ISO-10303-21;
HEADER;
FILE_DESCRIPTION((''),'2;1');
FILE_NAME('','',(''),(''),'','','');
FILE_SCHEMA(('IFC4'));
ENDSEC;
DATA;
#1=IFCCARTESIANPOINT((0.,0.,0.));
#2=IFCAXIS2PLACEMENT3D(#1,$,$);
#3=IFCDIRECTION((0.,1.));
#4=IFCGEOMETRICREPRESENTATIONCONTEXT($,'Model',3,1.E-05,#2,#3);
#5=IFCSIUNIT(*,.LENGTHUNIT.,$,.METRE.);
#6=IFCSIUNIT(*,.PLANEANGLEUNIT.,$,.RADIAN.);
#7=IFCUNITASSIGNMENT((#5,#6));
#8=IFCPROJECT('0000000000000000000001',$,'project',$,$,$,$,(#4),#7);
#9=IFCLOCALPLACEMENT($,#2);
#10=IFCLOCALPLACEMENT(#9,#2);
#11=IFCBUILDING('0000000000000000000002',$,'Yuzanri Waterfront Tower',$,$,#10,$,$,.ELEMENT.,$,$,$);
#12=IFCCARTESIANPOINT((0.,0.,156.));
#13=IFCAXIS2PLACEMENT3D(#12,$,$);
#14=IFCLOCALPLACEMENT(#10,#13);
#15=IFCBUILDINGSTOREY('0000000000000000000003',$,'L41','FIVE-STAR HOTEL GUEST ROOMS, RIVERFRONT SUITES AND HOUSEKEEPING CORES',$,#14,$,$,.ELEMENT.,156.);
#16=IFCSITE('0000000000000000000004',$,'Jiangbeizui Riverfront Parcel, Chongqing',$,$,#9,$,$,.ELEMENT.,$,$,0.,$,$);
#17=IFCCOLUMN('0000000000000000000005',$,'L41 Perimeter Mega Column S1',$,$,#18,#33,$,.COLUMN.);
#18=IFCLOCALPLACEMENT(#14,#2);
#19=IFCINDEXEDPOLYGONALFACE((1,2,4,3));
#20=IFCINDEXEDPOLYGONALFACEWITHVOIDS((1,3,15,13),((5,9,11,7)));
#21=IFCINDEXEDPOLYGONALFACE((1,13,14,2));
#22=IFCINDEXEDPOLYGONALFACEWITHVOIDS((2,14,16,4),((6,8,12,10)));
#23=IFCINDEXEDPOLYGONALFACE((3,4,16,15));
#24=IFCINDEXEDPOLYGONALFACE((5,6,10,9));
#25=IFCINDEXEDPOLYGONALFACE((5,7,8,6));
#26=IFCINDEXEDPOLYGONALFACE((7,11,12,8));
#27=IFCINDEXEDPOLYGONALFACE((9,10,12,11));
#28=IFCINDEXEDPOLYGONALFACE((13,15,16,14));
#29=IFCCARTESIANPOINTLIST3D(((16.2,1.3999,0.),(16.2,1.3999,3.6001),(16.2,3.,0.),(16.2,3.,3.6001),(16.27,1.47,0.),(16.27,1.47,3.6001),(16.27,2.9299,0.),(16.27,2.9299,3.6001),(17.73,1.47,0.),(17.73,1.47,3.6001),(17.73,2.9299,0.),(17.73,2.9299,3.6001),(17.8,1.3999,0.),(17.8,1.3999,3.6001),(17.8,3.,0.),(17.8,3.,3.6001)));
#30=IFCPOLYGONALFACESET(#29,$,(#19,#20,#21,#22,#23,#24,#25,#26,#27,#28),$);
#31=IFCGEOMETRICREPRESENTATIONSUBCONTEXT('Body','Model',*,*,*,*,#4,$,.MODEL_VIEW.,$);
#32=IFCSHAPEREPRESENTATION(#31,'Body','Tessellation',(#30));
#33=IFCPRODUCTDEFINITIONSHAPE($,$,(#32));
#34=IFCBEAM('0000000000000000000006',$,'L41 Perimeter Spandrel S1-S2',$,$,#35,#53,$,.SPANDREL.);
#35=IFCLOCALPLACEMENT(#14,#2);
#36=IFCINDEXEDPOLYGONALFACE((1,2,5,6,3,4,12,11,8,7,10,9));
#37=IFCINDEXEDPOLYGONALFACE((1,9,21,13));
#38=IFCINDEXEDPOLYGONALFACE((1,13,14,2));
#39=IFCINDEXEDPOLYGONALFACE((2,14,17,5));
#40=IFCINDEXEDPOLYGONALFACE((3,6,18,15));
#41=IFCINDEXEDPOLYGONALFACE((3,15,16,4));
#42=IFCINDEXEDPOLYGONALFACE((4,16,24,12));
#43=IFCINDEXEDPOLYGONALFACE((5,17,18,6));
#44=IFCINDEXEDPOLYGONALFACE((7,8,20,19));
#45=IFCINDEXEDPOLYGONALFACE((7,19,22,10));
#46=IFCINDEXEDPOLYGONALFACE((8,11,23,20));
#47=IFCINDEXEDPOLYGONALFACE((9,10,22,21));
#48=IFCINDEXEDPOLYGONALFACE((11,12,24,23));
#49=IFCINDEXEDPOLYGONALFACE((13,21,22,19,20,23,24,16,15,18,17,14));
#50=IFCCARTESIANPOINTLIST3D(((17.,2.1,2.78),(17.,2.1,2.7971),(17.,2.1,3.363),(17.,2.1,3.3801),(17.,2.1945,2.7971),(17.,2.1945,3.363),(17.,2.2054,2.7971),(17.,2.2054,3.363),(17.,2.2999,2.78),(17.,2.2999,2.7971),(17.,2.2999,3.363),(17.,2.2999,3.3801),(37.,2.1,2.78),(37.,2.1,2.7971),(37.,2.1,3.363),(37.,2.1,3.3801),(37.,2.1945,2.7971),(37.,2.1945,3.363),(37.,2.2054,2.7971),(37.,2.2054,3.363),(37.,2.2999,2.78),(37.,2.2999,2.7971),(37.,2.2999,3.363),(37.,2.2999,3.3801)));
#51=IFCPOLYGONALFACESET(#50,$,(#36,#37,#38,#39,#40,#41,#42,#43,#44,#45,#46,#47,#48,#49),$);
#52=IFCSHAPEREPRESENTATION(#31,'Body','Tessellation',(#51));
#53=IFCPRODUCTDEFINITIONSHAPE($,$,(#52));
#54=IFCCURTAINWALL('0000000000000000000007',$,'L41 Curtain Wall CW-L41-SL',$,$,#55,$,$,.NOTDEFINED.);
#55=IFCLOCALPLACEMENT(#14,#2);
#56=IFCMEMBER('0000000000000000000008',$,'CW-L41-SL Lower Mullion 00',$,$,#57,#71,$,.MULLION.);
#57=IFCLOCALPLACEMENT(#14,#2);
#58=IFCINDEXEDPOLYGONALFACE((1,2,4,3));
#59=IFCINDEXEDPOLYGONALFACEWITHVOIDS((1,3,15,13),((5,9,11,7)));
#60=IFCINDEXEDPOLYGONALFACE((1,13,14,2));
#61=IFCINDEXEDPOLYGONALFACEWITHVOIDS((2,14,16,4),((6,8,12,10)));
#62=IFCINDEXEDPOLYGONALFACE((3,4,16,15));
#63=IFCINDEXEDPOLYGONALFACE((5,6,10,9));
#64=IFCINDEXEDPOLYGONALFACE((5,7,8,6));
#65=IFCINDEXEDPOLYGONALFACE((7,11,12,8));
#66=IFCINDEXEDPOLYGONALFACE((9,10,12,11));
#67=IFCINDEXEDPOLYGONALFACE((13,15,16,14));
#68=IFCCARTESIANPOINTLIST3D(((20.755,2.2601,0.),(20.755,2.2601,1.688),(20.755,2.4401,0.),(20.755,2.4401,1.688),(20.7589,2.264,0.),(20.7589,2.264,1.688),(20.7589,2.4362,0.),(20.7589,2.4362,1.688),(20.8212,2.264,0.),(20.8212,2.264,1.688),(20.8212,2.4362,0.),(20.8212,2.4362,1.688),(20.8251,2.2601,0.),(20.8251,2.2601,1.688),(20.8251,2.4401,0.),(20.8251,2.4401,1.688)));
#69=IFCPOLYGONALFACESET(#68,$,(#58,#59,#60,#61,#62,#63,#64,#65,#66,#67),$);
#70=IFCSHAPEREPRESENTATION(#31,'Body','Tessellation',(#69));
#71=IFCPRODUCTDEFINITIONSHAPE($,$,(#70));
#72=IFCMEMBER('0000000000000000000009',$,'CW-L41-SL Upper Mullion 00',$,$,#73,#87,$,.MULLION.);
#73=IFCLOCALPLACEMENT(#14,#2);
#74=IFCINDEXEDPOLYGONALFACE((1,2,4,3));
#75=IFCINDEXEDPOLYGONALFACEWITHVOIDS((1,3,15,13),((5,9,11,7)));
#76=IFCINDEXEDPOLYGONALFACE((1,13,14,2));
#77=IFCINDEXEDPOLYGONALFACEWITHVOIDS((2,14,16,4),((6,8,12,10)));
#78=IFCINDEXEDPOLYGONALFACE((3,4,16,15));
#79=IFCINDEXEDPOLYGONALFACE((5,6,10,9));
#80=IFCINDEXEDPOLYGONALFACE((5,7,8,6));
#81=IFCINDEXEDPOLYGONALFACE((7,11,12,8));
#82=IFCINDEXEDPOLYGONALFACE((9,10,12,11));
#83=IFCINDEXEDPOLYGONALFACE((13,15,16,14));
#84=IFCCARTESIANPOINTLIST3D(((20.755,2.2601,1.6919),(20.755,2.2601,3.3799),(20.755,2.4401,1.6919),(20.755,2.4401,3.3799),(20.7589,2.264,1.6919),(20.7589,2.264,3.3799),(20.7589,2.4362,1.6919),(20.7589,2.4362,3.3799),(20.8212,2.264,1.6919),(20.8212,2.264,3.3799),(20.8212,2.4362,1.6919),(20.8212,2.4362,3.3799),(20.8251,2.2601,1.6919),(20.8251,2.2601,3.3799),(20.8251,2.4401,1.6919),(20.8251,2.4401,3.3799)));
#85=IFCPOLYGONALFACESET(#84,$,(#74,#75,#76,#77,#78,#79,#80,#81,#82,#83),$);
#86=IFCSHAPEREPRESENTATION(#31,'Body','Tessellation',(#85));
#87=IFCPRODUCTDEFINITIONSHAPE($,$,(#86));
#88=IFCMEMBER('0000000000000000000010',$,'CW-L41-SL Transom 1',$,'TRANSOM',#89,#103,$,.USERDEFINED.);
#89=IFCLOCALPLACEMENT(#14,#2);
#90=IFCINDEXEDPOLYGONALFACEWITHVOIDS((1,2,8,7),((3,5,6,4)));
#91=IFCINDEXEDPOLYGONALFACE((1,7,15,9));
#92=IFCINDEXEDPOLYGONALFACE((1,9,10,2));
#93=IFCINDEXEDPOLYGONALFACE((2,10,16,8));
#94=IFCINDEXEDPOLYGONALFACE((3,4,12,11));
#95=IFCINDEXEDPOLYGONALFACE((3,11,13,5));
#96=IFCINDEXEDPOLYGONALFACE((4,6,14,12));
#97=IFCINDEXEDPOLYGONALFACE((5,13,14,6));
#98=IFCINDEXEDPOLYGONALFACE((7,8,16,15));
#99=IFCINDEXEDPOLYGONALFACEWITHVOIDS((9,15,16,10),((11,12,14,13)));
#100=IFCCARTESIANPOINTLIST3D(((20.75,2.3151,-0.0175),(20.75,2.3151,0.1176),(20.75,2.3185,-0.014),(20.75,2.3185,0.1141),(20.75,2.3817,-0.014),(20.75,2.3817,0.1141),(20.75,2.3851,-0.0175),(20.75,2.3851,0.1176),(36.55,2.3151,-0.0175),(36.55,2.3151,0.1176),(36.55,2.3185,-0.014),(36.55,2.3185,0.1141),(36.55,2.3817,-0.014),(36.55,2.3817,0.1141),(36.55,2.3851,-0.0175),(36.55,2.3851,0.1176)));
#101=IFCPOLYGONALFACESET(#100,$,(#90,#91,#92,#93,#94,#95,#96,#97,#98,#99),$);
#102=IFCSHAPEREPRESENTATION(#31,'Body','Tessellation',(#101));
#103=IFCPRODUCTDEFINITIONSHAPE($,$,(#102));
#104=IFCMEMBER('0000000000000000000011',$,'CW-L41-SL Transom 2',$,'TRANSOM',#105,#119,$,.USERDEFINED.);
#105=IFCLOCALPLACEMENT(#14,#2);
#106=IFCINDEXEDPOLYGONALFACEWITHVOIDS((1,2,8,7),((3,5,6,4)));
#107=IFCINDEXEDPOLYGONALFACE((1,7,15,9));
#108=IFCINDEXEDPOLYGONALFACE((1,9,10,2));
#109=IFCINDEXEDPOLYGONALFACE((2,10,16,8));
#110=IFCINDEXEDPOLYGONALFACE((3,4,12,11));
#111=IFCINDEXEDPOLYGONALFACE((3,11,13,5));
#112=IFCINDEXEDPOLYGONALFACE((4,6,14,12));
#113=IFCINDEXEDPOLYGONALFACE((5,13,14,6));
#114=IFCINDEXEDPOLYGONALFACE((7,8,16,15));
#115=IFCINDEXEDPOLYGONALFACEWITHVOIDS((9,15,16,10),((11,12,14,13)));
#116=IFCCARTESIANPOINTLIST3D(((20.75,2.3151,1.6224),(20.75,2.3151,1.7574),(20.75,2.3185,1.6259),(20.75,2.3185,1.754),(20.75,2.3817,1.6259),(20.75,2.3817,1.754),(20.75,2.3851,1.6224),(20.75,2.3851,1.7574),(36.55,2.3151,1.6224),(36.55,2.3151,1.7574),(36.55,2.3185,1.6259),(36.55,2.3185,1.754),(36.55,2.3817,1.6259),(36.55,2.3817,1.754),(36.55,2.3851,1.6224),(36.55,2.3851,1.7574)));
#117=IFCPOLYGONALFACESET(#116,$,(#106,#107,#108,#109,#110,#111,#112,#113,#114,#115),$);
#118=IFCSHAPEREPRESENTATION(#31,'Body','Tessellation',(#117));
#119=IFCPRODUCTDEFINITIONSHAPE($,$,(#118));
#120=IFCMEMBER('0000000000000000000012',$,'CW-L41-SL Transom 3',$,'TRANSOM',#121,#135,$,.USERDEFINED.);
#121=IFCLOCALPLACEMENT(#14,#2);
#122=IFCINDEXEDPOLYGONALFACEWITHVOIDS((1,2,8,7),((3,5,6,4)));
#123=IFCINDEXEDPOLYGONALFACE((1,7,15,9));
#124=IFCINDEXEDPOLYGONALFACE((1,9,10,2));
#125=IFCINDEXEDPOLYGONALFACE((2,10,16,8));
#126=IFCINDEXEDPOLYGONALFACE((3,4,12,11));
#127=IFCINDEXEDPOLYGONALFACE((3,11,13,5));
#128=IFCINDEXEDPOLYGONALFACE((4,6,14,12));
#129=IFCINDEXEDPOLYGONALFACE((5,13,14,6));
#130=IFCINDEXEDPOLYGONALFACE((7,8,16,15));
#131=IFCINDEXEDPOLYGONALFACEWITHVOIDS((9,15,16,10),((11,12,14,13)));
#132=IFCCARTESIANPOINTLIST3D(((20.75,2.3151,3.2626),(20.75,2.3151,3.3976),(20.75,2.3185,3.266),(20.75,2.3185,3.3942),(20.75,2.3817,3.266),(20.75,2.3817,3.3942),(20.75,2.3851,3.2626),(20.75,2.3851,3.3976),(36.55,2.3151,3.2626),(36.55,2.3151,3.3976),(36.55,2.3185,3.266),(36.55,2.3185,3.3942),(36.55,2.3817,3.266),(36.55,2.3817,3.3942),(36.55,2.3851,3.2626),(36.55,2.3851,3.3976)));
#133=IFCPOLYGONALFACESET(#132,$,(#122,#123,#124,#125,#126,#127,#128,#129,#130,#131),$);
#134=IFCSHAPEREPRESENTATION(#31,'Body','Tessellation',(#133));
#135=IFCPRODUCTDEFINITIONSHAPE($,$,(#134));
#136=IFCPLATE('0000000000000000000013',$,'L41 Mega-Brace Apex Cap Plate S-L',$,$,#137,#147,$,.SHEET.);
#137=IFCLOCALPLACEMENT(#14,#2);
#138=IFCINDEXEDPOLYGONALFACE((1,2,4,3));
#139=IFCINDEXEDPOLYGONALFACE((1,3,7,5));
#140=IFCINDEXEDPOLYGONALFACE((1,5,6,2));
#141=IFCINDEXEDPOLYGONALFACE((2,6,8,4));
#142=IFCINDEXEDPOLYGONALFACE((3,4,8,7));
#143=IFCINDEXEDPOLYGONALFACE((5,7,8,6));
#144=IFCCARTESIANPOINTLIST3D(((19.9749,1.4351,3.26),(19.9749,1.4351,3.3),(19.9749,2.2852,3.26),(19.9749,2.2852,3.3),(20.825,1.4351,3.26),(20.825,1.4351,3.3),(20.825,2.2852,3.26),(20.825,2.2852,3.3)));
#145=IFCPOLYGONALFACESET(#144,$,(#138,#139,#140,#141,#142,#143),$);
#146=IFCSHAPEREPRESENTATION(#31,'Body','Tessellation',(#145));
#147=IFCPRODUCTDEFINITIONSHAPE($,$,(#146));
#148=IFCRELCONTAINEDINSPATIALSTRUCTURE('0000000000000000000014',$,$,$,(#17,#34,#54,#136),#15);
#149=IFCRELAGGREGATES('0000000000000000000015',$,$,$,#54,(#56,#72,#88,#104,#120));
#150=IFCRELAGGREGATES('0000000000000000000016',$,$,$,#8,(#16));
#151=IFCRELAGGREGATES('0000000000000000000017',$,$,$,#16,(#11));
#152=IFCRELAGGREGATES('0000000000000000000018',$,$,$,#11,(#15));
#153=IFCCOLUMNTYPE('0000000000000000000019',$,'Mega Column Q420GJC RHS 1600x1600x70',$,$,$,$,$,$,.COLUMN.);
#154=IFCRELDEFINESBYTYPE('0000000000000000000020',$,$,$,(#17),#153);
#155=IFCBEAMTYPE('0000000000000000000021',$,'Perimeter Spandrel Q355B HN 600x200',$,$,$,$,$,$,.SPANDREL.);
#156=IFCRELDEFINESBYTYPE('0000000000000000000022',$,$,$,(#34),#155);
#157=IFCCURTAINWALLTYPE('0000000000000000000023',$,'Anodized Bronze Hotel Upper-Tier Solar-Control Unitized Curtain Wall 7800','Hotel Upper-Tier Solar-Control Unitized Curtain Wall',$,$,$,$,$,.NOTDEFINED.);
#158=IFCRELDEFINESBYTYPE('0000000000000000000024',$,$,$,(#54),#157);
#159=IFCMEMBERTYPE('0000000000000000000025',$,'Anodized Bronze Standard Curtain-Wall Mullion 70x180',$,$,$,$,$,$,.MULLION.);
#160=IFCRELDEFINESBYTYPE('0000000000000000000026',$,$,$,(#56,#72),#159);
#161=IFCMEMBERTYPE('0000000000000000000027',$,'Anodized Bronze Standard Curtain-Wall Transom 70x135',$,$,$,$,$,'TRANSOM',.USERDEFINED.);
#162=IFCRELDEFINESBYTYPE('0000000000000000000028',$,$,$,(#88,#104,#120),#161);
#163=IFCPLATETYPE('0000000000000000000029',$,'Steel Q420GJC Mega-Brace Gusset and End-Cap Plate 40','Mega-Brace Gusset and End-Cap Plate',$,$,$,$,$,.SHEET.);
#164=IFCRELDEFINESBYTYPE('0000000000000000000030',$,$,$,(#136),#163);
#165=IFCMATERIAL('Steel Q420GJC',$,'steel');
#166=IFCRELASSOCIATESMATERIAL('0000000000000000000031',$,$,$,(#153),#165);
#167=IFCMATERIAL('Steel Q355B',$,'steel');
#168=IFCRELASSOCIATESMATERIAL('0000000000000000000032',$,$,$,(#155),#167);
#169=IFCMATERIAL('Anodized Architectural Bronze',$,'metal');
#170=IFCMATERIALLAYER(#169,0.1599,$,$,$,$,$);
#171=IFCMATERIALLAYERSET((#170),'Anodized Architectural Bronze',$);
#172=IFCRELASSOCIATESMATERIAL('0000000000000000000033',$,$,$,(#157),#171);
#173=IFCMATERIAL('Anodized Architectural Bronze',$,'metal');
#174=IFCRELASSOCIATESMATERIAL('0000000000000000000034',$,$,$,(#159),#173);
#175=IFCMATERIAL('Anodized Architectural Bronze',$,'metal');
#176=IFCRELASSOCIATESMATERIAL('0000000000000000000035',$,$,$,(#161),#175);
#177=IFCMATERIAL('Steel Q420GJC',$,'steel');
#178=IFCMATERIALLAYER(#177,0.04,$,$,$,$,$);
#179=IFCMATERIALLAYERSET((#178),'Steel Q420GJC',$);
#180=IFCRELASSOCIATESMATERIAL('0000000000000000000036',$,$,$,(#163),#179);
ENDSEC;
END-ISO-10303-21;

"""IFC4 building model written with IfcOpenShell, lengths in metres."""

from ifc_helpers import new_model, si_unit, direction, frame, origin, origin_2d, place, context, subcontext, project, spatial, rectangle, hollow_rectangle, i_section, extrude, source, transform, mapped, material, layer, layer_set, material_profile, profile_set, type_object, element, aggregate, save


model = new_model("IFC4")

# Units and contexts
model_context = context("Model", 3, precision=1e-05, world=origin(), true_north=direction((0.0, 1.0)))
body_context = subcontext(model_context, "Body", "Model", "MODEL_VIEW")
ifc_project = project(units=[si_unit("LENGTHUNIT", "METRE"), si_unit("PLANEANGLEUNIT", "RADIAN")], contexts=[model_context])

# Site, building, storey
site_placement = place(None, origin())
site = spatial("IfcSite", under=ifc_project, at=site_placement, Name="Jiangbeizui Riverfront Parcel, Chongqing", CompositionType="ELEMENT", RefElevation=0.0)
building_placement = place(site_placement, origin())
building = spatial("IfcBuilding", under=site, at=building_placement, Name="Yuzanri Waterfront Tower", CompositionType="ELEMENT")
storey_placement = place(building_placement, frame((0.0, 0.0, 156.0)))
storey = spatial("IfcBuildingStorey", under=building, at=storey_placement, Name="L41", Description="FIVE-STAR HOTEL GUEST ROOMS, RIVERFRONT SUITES AND HOUSEKEEPING CORES", CompositionType="ELEMENT", Elevation=156.0)

# Column
ifc_material_1 = material(Name="Steel Q420GJC", Category="steel")
ifc_material_profile_1 = material_profile(ifc_material_1, hollow_rectangle(XDim=1.6001, YDim=1.6001, WallThickness=0.0701, at=origin_2d()), Name="RHS 1600x1600x70")
ifc_profile_set_1 = profile_set([ifc_material_profile_1], Name="Steel Q420GJC")
column_type = type_object("IfcColumnType", Name="Mega Column Q420GJC RHS 1600x1600x70", PredefinedType="COLUMN", material=ifc_profile_set_1)
shared_shape_1 = source(origin(), body_context, "Body", "SweptSolid", [
    extrude(hollow_rectangle(XDim=1.6001, YDim=1.6001, WallThickness=0.0701, at=origin_2d()), origin(), (0.0, 0.0, 1.0), 3.6001),
])
column_placement = place(storey_placement, frame((17.0, 2.2, 0.0), z_axis=(0.0, 0.0, 1.0), x_axis=(1.0, 0.0, 0.0)))
element("IfcColumn", 1, at=column_placement, inside=storey, type_object=column_type, Name="L41 Perimeter Mega Column S1", PredefinedType="COLUMN", context=body_context, shape_type="MappedRepresentation", body=[
    mapped(shared_shape_1, transform((0.0, 0.0, 0.0), scale=1.0)),
])

# Beam
ifc_material_2 = material(Name="Steel Q355B", Category="steel")
ifc_material_profile_2 = material_profile(ifc_material_2, i_section(OverallWidth=0.2, OverallDepth=0.6001, WebThickness=0.011, FlangeThickness=0.0171, at=origin_2d()), Name="HN 600x200x11x17")
ifc_profile_set_2 = profile_set([ifc_material_profile_2], Name="Steel Q355B")
beam_type = type_object("IfcBeamType", Name="Perimeter Spandrel Q355B HN 600x200", PredefinedType="SPANDREL", material=ifc_profile_set_2)
shared_shape_2 = source(origin(), body_context, "Body", "SweptSolid", [
    extrude(i_section(OverallWidth=0.2, OverallDepth=0.6001, WebThickness=0.011, FlangeThickness=0.0171, at=origin_2d()), origin(), (0.0, 0.0, 1.0), 20.0),
])
beam_placement = place(storey_placement, frame((17.0, 2.2, 3.0801), z_axis=(1.0, 0.0, 0.0), x_axis=(0.0, 1.0, 0.0)))
element("IfcBeam", 2, at=beam_placement, inside=storey, type_object=beam_type, Name="L41 Perimeter Spandrel S1-S2", PredefinedType="SPANDREL", context=body_context, shape_type="MappedRepresentation", body=[
    mapped(shared_shape_2, transform((0.0, 0.0, 0.0), scale=1.0)),
])

# Curtain wall, members
ifc_material_3 = material(Name="Anodized Architectural Bronze", Category="metal")
ifc_layer_1 = layer(ifc_material_3, 0.1599)
ifc_layer_set_1 = layer_set([ifc_layer_1], Name="Anodized Architectural Bronze")
curtain_wall_type = type_object("IfcCurtainWallType", Name="Anodized Bronze Hotel Upper-Tier Solar-Control Unitized Curtain Wall 7800", Description="Hotel Upper-Tier Solar-Control Unitized Curtain Wall", PredefinedType="NOTDEFINED", material=ifc_layer_set_1)
curtain_wall_placement = place(storey_placement, origin())
curtain_wall = element("IfcCurtainWall", 3, at=curtain_wall_placement, inside=storey, type_object=curtain_wall_type, Name="L41 Curtain Wall CW-L41-SL", PredefinedType="NOTDEFINED")
ifc_material_4 = material(Name="Anodized Architectural Bronze", Category="metal")
ifc_material_profile_3 = material_profile(ifc_material_4, hollow_rectangle(XDim=0.0701, YDim=0.1799, WallThickness=0.0039, at=origin_2d()), Name="CWM 70x180")
ifc_profile_set_3 = profile_set([ifc_material_profile_3], Name="Anodized Architectural Bronze")
member_type_1 = type_object("IfcMemberType", Name="Anodized Bronze Standard Curtain-Wall Mullion 70x180", PredefinedType="MULLION", material=ifc_profile_set_3)
shared_shape_3 = source(origin(), body_context, "Body", "SweptSolid", [
    extrude(hollow_rectangle(XDim=0.0701, YDim=0.1799, WallThickness=0.0039, at=origin_2d()), origin(), (0.0, 0.0, 1.0), 1.688),
])
member_1_placement = place(storey_placement, frame((20.79, 2.3501, 0.0), z_axis=(0.0, 0.0, 1.0), x_axis=(1.0, 0.0, 0.0)))
member_1 = element("IfcMember", 4, at=member_1_placement, type_object=member_type_1, Name="CW-L41-SL Lower Mullion 00", PredefinedType="MULLION", context=body_context, shape_type="MappedRepresentation", body=[
    mapped(shared_shape_3, transform((0.0, 0.0, 0.0), scale=1.0)),
])
member_2_placement = place(storey_placement, frame((20.79, 2.3501, 1.6919), z_axis=(0.0, 0.0, 1.0), x_axis=(1.0, 0.0, 0.0)))
member_2 = element("IfcMember", 5, at=member_2_placement, type_object=member_type_1, Name="CW-L41-SL Upper Mullion 00", PredefinedType="MULLION", context=body_context, shape_type="MappedRepresentation", body=[
    mapped(shared_shape_3, transform((0.0, 0.0, 0.0), scale=1.0)),
])
ifc_material_5 = material(Name="Anodized Architectural Bronze", Category="metal")
ifc_material_profile_4 = material_profile(ifc_material_5, hollow_rectangle(XDim=0.0701, YDim=0.135, WallThickness=0.0034, at=origin_2d()), Name="CWT 70x135")
ifc_profile_set_4 = profile_set([ifc_material_profile_4], Name="Anodized Architectural Bronze")
member_type_2 = type_object("IfcMemberType", Name="Anodized Bronze Standard Curtain-Wall Transom 70x135", ElementType="TRANSOM", PredefinedType="USERDEFINED", material=ifc_profile_set_4)
shared_shape_4 = source(origin(), body_context, "Body", "SweptSolid", [
    extrude(hollow_rectangle(XDim=0.0701, YDim=0.135, WallThickness=0.0034, at=origin_2d()), origin(), (0.0, 0.0, 1.0), 15.8),
])
member_3_placement = place(storey_placement, frame((20.75, 2.3501, 0.05), z_axis=(1.0, 0.0, 0.0), x_axis=(0.0, 1.0, 0.0)))
member_3 = element("IfcMember", 6, at=member_3_placement, type_object=member_type_2, Name="CW-L41-SL Transom 1", ObjectType="TRANSOM", PredefinedType="USERDEFINED", context=body_context, shape_type="MappedRepresentation", body=[
    mapped(shared_shape_4, transform((0.0, 0.0, 0.0), scale=1.0)),
])
member_4_placement = place(storey_placement, frame((20.75, 2.3501, 1.6899), z_axis=(1.0, 0.0, 0.0), x_axis=(0.0, 1.0, 0.0)))
member_4 = element("IfcMember", 7, at=member_4_placement, type_object=member_type_2, Name="CW-L41-SL Transom 2", ObjectType="TRANSOM", PredefinedType="USERDEFINED", context=body_context, shape_type="MappedRepresentation", body=[
    mapped(shared_shape_4, transform((0.0, 0.0, 0.0), scale=1.0)),
])
member_5_placement = place(storey_placement, frame((20.75, 2.3501, 3.3301), z_axis=(1.0, 0.0, 0.0), x_axis=(0.0, 1.0, 0.0)))
member_5 = element("IfcMember", 8, at=member_5_placement, type_object=member_type_2, Name="CW-L41-SL Transom 3", ObjectType="TRANSOM", PredefinedType="USERDEFINED", context=body_context, shape_type="MappedRepresentation", body=[
    mapped(shared_shape_4, transform((0.0, 0.0, 0.0), scale=1.0)),
])
aggregate(curtain_wall, [member_1, member_2, member_3, member_4, member_5])

# Plate
ifc_material_6 = material(Name="Steel Q420GJC", Category="steel")
ifc_layer_2 = layer(ifc_material_6, 0.04)
ifc_layer_set_2 = layer_set([ifc_layer_2], Name="Steel Q420GJC")
plate_type = type_object("IfcPlateType", Name="Steel Q420GJC Mega-Brace Gusset and End-Cap Plate 40", Description="Mega-Brace Gusset and End-Cap Plate", PredefinedType="SHEET", material=ifc_layer_set_2)
shared_shape_5 = source(origin(), body_context, "Body", "SweptSolid", [
    extrude(rectangle(XDim=0.8501, YDim=0.8501, at=origin_2d()), origin(), (0.0, 0.0, 1.0), 0.04),
])
plate_placement = place(storey_placement, frame((20.3999, 1.8601, 3.26), z_axis=(0.0, 0.0, 1.0), x_axis=(1.0, 0.0, 0.0)))
element("IfcPlate", 9, at=plate_placement, inside=storey, type_object=plate_type, Name="L41 Mega-Brace Apex Cap Plate S-L", PredefinedType="SHEET", context=body_context, shape_type="MappedRepresentation", body=[
    mapped(shared_shape_5, transform((0.0, 0.0, 0.0), scale=1.0)),
])

save(model, "model.ifc")
